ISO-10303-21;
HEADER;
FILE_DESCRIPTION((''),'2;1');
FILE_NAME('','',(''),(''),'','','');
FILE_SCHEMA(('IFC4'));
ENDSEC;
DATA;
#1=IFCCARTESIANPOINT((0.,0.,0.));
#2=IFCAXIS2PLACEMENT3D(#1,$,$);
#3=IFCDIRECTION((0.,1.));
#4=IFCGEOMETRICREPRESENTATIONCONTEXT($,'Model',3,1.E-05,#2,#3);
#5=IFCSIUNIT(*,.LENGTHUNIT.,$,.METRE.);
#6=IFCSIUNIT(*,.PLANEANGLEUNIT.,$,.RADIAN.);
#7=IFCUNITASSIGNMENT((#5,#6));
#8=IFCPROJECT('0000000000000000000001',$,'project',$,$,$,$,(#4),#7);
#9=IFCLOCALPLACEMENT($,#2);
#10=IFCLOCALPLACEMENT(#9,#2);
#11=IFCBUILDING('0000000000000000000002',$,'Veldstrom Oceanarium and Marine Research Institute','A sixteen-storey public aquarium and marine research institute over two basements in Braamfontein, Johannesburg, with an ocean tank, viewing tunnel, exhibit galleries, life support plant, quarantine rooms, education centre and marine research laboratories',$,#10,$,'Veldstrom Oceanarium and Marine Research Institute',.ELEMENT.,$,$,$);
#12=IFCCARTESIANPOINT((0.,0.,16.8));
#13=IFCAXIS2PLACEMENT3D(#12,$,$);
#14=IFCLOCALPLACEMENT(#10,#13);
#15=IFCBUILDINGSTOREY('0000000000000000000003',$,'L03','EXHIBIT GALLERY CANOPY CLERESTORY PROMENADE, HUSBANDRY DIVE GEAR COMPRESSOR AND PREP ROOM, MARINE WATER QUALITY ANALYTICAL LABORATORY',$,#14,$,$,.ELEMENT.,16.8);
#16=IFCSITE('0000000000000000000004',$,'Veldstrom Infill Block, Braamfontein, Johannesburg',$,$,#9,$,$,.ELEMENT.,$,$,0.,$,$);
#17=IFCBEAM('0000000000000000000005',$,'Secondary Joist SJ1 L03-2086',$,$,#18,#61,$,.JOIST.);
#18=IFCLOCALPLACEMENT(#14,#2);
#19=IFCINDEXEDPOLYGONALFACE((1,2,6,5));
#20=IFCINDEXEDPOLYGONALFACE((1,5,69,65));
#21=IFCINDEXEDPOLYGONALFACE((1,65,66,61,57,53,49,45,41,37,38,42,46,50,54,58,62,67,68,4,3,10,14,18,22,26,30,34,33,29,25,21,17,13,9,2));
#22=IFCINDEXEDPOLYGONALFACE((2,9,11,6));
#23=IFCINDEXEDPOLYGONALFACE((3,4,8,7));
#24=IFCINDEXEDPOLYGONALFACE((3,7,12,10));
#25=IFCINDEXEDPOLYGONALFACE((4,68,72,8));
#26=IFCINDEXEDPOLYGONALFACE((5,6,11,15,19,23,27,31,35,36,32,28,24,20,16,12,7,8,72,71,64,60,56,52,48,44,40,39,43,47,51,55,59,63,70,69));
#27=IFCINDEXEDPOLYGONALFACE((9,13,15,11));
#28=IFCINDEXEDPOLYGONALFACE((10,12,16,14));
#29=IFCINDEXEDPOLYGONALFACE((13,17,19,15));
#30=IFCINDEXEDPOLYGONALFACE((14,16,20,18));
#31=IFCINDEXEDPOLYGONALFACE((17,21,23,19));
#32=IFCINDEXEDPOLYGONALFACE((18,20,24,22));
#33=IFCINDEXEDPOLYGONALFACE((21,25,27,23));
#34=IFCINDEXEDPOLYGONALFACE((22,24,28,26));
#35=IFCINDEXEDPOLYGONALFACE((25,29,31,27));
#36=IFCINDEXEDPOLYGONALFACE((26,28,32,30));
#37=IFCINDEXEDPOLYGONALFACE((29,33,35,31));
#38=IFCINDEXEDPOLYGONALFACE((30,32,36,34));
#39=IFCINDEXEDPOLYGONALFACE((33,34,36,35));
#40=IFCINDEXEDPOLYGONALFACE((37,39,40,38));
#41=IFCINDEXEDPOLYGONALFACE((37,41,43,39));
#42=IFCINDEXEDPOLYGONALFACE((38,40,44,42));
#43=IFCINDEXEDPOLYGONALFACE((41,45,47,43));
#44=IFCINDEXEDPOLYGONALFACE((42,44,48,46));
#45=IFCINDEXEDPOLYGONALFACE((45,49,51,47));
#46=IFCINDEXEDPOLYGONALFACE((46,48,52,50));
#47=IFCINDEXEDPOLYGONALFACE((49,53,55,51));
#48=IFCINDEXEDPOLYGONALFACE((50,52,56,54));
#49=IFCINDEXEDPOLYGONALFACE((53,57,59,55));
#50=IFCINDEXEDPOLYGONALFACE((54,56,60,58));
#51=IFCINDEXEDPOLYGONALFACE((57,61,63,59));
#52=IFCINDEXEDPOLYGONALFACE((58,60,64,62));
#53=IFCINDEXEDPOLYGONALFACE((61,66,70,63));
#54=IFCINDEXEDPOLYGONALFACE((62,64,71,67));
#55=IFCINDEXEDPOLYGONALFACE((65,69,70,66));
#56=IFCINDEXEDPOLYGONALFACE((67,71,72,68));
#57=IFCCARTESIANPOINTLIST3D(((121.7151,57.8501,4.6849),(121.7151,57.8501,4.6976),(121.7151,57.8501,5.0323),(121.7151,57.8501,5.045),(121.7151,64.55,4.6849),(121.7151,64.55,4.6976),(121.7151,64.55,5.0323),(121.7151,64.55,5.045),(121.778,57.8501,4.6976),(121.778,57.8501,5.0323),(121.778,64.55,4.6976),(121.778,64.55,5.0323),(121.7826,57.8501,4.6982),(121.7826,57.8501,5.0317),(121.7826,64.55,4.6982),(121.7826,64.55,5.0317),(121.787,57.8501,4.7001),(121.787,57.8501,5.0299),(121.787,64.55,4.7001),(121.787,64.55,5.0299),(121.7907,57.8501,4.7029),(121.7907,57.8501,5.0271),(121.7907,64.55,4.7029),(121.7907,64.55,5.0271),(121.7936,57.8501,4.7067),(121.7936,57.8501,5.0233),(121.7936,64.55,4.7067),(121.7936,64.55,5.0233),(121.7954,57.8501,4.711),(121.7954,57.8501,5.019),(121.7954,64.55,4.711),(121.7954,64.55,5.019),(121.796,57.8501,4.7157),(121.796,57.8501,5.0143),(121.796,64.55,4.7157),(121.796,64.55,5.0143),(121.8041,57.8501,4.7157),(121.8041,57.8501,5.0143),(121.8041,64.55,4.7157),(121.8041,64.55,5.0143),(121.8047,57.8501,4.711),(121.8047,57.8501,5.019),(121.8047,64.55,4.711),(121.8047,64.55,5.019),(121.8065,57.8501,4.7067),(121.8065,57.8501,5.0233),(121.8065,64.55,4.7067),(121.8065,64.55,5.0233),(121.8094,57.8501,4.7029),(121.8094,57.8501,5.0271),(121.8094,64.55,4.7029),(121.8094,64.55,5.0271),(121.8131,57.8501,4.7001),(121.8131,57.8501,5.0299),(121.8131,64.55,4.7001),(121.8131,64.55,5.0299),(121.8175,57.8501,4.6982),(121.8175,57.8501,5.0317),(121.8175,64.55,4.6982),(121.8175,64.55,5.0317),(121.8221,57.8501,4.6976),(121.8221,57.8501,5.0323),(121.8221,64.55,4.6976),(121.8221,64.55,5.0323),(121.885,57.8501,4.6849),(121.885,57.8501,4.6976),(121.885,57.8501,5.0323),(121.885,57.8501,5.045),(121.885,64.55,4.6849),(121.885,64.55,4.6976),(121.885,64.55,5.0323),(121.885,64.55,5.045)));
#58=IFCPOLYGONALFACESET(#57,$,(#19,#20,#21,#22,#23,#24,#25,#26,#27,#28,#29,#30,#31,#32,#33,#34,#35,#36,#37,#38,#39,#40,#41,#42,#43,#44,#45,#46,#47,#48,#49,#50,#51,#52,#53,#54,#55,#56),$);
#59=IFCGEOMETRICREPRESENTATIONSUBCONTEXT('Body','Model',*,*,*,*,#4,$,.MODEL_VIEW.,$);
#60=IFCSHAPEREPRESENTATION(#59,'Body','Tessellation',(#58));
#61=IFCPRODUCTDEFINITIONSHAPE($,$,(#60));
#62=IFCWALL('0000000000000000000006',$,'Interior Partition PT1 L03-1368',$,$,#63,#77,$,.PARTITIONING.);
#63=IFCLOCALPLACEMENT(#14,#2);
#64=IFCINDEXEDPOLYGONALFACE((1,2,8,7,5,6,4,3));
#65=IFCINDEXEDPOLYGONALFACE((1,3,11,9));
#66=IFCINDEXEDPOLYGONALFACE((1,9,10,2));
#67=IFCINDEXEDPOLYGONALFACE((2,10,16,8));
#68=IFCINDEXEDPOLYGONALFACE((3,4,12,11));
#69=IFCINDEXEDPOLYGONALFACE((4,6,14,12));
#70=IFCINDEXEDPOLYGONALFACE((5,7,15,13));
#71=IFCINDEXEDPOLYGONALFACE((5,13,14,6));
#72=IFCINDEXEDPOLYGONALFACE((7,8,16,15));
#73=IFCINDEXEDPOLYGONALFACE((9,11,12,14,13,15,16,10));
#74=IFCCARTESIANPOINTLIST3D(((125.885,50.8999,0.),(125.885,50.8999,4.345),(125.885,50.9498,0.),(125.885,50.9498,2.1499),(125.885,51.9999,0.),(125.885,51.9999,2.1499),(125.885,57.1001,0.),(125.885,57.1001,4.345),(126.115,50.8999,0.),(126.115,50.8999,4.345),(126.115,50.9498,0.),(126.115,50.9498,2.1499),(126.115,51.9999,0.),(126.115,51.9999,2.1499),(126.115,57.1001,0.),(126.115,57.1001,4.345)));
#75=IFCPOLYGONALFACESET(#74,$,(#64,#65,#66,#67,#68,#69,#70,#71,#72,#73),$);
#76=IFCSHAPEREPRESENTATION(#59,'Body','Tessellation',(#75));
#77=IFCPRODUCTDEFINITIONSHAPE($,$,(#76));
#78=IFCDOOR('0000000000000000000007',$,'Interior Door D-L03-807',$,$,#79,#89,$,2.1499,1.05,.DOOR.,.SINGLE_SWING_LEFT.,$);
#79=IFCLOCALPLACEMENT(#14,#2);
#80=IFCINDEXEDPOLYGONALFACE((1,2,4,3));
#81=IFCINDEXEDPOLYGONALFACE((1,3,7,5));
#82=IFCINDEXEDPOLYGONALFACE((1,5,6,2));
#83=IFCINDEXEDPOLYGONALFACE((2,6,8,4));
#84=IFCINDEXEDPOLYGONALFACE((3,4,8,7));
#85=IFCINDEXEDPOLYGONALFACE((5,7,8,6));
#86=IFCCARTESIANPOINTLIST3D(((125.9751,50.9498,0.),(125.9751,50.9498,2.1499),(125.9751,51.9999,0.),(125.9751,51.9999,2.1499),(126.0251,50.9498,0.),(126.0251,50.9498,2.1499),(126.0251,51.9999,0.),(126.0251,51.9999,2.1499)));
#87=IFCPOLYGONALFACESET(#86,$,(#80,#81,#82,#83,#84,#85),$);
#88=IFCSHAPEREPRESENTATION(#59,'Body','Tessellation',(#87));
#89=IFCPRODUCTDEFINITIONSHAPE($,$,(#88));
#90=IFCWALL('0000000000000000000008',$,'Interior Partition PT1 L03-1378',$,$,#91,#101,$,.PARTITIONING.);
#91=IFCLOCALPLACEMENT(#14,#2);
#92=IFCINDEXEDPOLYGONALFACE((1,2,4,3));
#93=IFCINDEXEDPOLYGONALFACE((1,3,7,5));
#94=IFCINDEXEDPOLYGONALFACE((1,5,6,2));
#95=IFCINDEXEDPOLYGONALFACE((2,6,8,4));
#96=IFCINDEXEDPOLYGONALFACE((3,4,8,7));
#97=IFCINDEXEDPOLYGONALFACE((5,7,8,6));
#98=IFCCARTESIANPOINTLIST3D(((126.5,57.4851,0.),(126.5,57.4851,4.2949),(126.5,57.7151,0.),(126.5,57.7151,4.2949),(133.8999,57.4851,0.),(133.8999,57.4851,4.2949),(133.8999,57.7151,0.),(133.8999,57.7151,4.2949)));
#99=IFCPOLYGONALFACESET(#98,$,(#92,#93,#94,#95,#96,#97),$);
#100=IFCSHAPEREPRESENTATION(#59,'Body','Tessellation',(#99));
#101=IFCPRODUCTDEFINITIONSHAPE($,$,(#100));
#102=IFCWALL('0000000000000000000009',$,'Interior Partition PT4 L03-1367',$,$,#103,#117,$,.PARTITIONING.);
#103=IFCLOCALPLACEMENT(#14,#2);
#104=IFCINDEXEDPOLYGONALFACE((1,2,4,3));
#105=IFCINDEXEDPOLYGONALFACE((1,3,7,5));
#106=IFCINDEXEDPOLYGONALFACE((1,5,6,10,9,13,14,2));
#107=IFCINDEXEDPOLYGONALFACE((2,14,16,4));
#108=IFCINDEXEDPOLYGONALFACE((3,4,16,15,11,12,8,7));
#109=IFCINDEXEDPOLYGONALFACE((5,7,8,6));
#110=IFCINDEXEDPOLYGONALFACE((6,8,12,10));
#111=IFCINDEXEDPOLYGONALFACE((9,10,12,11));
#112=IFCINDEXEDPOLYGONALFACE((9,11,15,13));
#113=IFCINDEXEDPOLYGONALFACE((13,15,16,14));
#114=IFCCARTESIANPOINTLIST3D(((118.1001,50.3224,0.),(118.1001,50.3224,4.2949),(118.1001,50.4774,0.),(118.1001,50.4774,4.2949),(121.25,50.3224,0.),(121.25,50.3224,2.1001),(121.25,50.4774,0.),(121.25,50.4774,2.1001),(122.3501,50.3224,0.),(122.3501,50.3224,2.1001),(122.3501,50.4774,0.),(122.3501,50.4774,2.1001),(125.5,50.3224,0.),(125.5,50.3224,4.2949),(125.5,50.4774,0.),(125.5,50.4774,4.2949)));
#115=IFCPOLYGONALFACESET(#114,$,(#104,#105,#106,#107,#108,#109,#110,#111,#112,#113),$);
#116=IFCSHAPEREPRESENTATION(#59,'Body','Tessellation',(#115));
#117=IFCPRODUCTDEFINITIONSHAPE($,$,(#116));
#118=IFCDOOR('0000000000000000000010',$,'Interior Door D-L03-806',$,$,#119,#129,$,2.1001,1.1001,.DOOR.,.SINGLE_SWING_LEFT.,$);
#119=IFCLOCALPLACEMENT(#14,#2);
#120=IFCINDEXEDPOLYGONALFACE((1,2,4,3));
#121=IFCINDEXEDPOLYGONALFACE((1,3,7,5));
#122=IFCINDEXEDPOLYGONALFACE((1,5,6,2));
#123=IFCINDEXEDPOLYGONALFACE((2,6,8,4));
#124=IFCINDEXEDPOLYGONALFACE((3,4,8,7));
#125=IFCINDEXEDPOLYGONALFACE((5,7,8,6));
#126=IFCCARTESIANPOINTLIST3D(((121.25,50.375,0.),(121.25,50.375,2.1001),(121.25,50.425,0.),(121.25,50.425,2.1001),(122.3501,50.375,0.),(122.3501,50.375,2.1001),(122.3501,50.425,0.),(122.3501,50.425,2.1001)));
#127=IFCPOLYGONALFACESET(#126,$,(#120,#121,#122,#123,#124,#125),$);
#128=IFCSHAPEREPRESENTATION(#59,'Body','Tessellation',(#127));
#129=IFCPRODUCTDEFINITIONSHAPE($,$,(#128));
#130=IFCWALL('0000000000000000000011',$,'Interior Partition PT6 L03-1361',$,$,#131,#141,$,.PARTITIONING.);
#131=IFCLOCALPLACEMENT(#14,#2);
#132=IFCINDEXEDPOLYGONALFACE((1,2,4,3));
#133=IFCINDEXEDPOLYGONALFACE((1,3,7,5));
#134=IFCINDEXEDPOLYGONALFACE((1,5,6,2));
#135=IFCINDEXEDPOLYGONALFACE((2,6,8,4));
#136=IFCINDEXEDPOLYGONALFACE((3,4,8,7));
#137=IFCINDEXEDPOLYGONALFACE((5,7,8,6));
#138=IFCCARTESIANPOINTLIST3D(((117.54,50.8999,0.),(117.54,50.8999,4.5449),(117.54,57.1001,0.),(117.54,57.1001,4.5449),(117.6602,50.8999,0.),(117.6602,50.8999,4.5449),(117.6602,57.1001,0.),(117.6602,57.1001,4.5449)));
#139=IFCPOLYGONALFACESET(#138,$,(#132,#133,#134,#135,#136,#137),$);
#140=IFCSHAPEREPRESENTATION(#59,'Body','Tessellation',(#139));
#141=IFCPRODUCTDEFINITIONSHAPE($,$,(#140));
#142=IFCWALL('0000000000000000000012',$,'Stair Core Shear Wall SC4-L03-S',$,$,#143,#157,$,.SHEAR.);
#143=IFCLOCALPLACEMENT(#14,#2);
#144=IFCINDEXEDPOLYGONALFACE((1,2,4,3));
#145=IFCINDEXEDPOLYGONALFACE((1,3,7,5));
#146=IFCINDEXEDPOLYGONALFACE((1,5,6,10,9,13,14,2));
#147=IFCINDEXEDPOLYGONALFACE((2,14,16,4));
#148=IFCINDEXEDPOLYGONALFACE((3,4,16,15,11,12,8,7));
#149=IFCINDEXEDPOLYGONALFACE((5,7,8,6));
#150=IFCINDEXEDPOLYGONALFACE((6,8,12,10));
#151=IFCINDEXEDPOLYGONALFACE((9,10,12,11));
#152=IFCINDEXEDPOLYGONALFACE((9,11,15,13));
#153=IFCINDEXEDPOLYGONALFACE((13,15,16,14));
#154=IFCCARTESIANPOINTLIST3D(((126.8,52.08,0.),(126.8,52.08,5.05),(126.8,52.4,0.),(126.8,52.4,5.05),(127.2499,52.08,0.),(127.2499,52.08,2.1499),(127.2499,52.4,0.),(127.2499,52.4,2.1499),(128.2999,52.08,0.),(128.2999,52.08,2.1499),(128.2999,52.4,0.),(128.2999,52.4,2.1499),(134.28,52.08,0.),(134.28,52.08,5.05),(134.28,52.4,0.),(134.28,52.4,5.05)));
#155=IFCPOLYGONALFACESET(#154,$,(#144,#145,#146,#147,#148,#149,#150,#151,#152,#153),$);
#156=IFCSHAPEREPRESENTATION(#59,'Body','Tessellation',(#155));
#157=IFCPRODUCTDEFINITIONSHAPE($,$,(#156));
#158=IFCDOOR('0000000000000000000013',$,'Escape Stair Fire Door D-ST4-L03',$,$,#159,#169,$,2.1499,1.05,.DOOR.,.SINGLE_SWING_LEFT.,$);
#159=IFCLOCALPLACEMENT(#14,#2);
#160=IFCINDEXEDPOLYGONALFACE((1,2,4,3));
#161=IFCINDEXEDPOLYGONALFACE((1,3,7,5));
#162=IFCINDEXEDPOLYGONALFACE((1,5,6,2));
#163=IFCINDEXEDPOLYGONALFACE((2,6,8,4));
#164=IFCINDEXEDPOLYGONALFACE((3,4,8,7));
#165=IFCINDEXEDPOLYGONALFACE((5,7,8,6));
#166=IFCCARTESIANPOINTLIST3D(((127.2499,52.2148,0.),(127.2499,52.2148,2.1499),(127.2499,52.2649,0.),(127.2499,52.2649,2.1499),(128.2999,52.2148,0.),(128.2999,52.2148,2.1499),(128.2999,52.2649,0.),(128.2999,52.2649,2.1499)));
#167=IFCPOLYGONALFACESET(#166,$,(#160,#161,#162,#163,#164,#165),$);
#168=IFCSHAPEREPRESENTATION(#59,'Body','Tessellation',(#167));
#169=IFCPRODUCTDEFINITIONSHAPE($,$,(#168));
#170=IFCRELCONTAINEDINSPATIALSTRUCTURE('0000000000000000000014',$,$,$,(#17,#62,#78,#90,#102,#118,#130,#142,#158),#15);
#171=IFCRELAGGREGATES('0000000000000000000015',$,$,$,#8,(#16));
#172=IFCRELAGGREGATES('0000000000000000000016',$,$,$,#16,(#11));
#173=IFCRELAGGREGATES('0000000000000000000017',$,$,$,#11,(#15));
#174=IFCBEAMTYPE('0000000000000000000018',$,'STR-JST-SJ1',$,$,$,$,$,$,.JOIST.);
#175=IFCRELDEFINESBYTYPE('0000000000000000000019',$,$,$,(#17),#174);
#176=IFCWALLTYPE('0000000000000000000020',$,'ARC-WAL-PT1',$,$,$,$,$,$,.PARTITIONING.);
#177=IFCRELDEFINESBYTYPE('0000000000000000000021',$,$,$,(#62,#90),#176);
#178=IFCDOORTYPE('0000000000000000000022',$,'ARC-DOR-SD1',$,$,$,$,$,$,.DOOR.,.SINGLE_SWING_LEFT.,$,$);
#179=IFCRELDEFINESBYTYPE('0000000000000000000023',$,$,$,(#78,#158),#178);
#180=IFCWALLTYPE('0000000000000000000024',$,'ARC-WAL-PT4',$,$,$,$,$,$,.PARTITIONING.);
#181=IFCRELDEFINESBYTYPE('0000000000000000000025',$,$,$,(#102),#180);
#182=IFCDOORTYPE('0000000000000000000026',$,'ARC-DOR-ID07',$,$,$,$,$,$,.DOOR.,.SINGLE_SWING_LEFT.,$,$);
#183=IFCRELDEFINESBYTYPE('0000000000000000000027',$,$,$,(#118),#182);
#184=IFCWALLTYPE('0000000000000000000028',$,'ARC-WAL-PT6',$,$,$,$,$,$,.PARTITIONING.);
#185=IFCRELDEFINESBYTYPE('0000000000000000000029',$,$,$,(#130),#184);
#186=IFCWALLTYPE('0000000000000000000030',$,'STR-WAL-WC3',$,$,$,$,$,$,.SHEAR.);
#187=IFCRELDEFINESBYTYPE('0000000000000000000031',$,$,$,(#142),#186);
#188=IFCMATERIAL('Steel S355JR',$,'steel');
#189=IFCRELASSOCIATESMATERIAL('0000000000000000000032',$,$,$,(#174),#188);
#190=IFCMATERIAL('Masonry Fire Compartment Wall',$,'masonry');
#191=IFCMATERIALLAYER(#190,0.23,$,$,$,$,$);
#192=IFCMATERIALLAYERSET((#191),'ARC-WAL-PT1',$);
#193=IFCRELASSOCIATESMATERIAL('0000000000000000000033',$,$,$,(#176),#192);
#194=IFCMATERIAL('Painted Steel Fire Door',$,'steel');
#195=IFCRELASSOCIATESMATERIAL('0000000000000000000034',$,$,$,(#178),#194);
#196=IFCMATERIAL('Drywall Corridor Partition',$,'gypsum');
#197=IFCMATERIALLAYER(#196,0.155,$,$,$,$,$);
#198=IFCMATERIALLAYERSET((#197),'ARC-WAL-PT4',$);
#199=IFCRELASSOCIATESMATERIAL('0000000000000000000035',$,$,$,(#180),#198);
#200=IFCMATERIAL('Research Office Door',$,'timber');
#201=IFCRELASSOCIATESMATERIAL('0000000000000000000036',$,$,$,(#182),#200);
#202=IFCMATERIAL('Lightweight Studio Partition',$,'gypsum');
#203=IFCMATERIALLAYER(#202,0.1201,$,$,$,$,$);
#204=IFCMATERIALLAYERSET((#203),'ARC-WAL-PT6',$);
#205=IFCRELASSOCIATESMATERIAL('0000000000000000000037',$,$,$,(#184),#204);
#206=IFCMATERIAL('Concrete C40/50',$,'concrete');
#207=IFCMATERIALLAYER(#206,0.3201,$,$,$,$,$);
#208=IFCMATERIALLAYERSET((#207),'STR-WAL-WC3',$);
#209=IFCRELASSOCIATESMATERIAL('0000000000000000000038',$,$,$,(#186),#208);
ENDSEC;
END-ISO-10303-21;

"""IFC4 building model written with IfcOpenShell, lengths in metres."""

from ifc_helpers import new_model, si_unit, direction, frame, frame_2d, origin, origin_2d, place, context, subcontext, project, spatial, rectangle, i_section, extrude, material, layer, layer_set, material_profile, profile_set, type_object, element, fill, save


model = new_model("IFC4")

# Units and contexts
model_context = context("Model", 3, precision=1e-05, world=origin(), true_north=direction((0.0, 1.0)))
body_context = subcontext(model_context, "Body", "Model", "MODEL_VIEW")
ifc_project = project(units=[si_unit("LENGTHUNIT", "METRE"), si_unit("PLANEANGLEUNIT", "RADIAN")], contexts=[model_context])

# Site, building, storey
site_placement = place(None, origin())
site = spatial("IfcSite", under=ifc_project, at=site_placement, Name="Veldstrom Infill Block, Braamfontein, Johannesburg", CompositionType="ELEMENT", RefElevation=0.0)
building_placement = place(site_placement, origin())
building = spatial("IfcBuilding", under=site, at=building_placement, Name="Veldstrom Oceanarium and Marine Research Institute", Description="A sixteen-storey public aquarium and marine research institute over two basements in Braamfontein, Johannesburg, with an ocean tank, viewing tunnel, exhibit galleries, life support plant, quarantine rooms, education centre and marine research laboratories", LongName="Veldstrom Oceanarium and Marine Research Institute", CompositionType="ELEMENT")
storey_placement = place(building_placement, frame((0.0, 0.0, 16.8)))
storey = spatial("IfcBuildingStorey", under=building, at=storey_placement, Name="L03", Description="EXHIBIT GALLERY CANOPY CLERESTORY PROMENADE, HUSBANDRY DIVE GEAR COMPRESSOR AND PREP ROOM, MARINE WATER QUALITY ANALYTICAL LABORATORY", CompositionType="ELEMENT", Elevation=16.8)

# Beam
ifc_material_1 = material(Name="Steel S355JR", Category="steel")
ifc_material_profile_1 = material_profile(ifc_material_1, i_section(OverallWidth=0.1699, OverallDepth=0.3601, WebThickness=0.0081, FlangeThickness=0.0127, FilletRadius=0.0181, at=origin_2d()), Name="IPE 360")
ifc_profile_set_1 = profile_set([ifc_material_profile_1], Name="Steel S355JR")
beam_type_1 = type_object("IfcBeamType", Name="STR-JST-SJ1", PredefinedType="JOIST", material=ifc_profile_set_1)
beam_1_placement = place(storey_placement, frame((121.8, 57.8501, 4.865), z_axis=(0.0, 1.0, 0.0), x_axis=(-1.0, 0.0, 0.0)))
element("IfcBeam", 1, at=beam_1_placement, inside=storey, type_object=beam_type_1, Name="Secondary Joist SJ1 L03-2086", PredefinedType="JOIST", context=body_context, shape_type="SweptSolid", body=[
    extrude(i_section(OverallWidth=0.1699, OverallDepth=0.3601, WebThickness=0.0081, FlangeThickness=0.0127, FilletRadius=0.0181, at=origin_2d()), origin(), (0.0, 0.0, 1.0), 6.7),
])

# Wall, opening, door
ifc_material_2 = material(Name="Masonry Fire Compartment Wall", Category="masonry")
ifc_layer_1 = layer(ifc_material_2, 0.23)
ifc_layer_set_1 = layer_set([ifc_layer_1], Name="ARC-WAL-PT1")
wall_type_1 = type_object("IfcWallType", Name="ARC-WAL-PT1", PredefinedType="PARTITIONING", material=ifc_layer_set_1)
wall_1_placement = place(storey_placement, frame((126.0, 50.8999, 0.0), z_axis=(0.0, 0.0, 1.0), x_axis=(0.0, 1.0, 0.0)))
wall_1 = element("IfcWall", 2, at=wall_1_placement, inside=storey, type_object=wall_type_1, Name="Interior Partition PT1 L03-1368", PredefinedType="PARTITIONING", context=body_context, shape_type="SweptSolid", body=[
    extrude(rectangle(XDim=6.2002, YDim=0.23, at=frame_2d((3.1001, 0.0))), origin(), (0.0, 0.0, 1.0), 4.345),
])
opening_1_placement = place(wall_1_placement, frame((0.05, 0.0, 0.0)))
opening_1 = element("IfcOpeningElement", 3, at=opening_1_placement, cuts=wall_1, PredefinedType="OPENING", context=body_context, shape_type="SweptSolid", body=[
    extrude(rectangle(XDim=1.05, YDim=2.1499, at=frame_2d((0.5249, 1.075))), frame((0.0, 0.125, 0.0), z_axis=(0.0, -1.0, 0.0), x_axis=(1.0, 0.0, 0.0)), (0.0, 0.0, 1.0), 0.25),
])
ifc_material_3 = material(Name="Painted Steel Fire Door", Category="steel")
door_type_1 = type_object("IfcDoorType", Name="ARC-DOR-SD1", OperationType="SINGLE_SWING_LEFT", PredefinedType="DOOR", material=ifc_material_3)
door_1_placement = place(opening_1_placement, origin())
door_1 = element("IfcDoor", 4, at=door_1_placement, inside=storey, type_object=door_type_1, Name="Interior Door D-L03-807", OperationType="SINGLE_SWING_LEFT", OverallHeight=2.1499, OverallWidth=1.05, PredefinedType="DOOR", context=body_context, shape_type="SweptSolid", body=[
    extrude(rectangle(XDim=1.05, YDim=2.1499, at=frame_2d((0.5249, 1.075))), frame((0.0, 0.0249, 0.0), z_axis=(0.0, -1.0, 0.0), x_axis=(1.0, 0.0, 0.0)), (0.0, 0.0, 1.0), 0.05),
])
fill(opening_1, door_1)

# Wall
wall_2_placement = place(storey_placement, frame((126.5, 57.6001, 0.0), z_axis=(0.0, 0.0, 1.0), x_axis=(1.0, 0.0, 0.0)))
element("IfcWall", 5, at=wall_2_placement, inside=storey, type_object=wall_type_1, Name="Interior Partition PT1 L03-1378", PredefinedType="PARTITIONING", context=body_context, shape_type="SweptSolid", body=[
    extrude(rectangle(XDim=7.3999, YDim=0.23, at=frame_2d((3.7, 0.0))), origin(), (0.0, 0.0, 1.0), 4.2949),
])

# Wall, opening, door
ifc_material_4 = material(Name="Drywall Corridor Partition", Category="gypsum")
ifc_layer_2 = layer(ifc_material_4, 0.155)
ifc_layer_set_2 = layer_set([ifc_layer_2], Name="ARC-WAL-PT4")
wall_type_2 = type_object("IfcWallType", Name="ARC-WAL-PT4", PredefinedType="PARTITIONING", material=ifc_layer_set_2)
wall_3_placement = place(storey_placement, frame((118.1001, 50.3999, 0.0), z_axis=(0.0, 0.0, 1.0), x_axis=(1.0, 0.0, 0.0)))
wall_3 = element("IfcWall", 6, at=wall_3_placement, inside=storey, type_object=wall_type_2, Name="Interior Partition PT4 L03-1367", PredefinedType="PARTITIONING", context=body_context, shape_type="SweptSolid", body=[
    extrude(rectangle(XDim=7.3999, YDim=0.155, at=frame_2d((3.7, 0.0))), origin(), (0.0, 0.0, 1.0), 4.2949),
])
opening_2_placement = place(wall_3_placement, frame((3.1499, 0.0, 0.0)))
opening_2 = element("IfcOpeningElement", 7, at=opening_2_placement, cuts=wall_3, PredefinedType="OPENING", context=body_context, shape_type="SweptSolid", body=[
    extrude(rectangle(XDim=1.1001, YDim=2.1001, at=frame_2d((0.55, 1.05))), frame((0.0, 0.0874, 0.0), z_axis=(0.0, -1.0, 0.0), x_axis=(1.0, 0.0, 0.0)), (0.0, 0.0, 1.0), 0.175),
])
ifc_material_5 = material(Name="Research Office Door", Category="timber")
door_type_2 = type_object("IfcDoorType", Name="ARC-DOR-ID07", OperationType="SINGLE_SWING_LEFT", PredefinedType="DOOR", material=ifc_material_5)
door_2_placement = place(opening_2_placement, frame((1.1001, 0.0, 0.0), z_axis=(0.0, 0.0, 1.0), x_axis=(-1.0, 0.0, 0.0)))
door_2 = element("IfcDoor", 8, at=door_2_placement, inside=storey, type_object=door_type_2, Name="Interior Door D-L03-806", OperationType="SINGLE_SWING_LEFT", OverallHeight=2.1001, OverallWidth=1.1001, PredefinedType="DOOR", context=body_context, shape_type="SweptSolid", body=[
    extrude(rectangle(XDim=1.1001, YDim=2.1001, at=frame_2d((0.55, 1.05))), frame((0.0, 0.0249, 0.0), z_axis=(0.0, -1.0, 0.0), x_axis=(1.0, 0.0, 0.0)), (0.0, 0.0, 1.0), 0.05),
])
fill(opening_2, door_2)

# Wall
ifc_material_6 = material(Name="Lightweight Studio Partition", Category="gypsum")
ifc_layer_3 = layer(ifc_material_6, 0.1201)
ifc_layer_set_3 = layer_set([ifc_layer_3], Name="ARC-WAL-PT6")
wall_type_3 = type_object("IfcWallType", Name="ARC-WAL-PT6", PredefinedType="PARTITIONING", material=ifc_layer_set_3)
wall_4_placement = place(storey_placement, frame((117.6001, 50.8999, 0.0), z_axis=(0.0, 0.0, 1.0), x_axis=(0.0, 1.0, 0.0)))
element("IfcWall", 9, at=wall_4_placement, inside=storey, type_object=wall_type_3, Name="Interior Partition PT6 L03-1361", PredefinedType="PARTITIONING", context=body_context, shape_type="SweptSolid", body=[
    extrude(rectangle(XDim=6.2002, YDim=0.1201, at=frame_2d((3.1001, 0.0))), origin(), (0.0, 0.0, 1.0), 4.5449),
])

# Wall, opening, door
ifc_material_7 = material(Name="Concrete C40/50", Category="concrete")
ifc_layer_4 = layer(ifc_material_7, 0.3201)
ifc_layer_set_4 = layer_set([ifc_layer_4], Name="STR-WAL-WC3")
wall_type_4 = type_object("IfcWallType", Name="STR-WAL-WC3", PredefinedType="SHEAR", material=ifc_layer_set_4)
wall_5_placement = place(storey_placement, frame((126.8, 52.24, 0.0), z_axis=(0.0, 0.0, 1.0), x_axis=(1.0, 0.0, 0.0)))
wall_5 = element("IfcWall", 10, at=wall_5_placement, inside=storey, type_object=wall_type_4, Name="Stair Core Shear Wall SC4-L03-S", PredefinedType="SHEAR", context=body_context, shape_type="SweptSolid", body=[
    extrude(rectangle(XDim=7.48, YDim=0.3201, at=frame_2d((3.74, 0.0))), origin(), (0.0, 0.0, 1.0), 5.05),
])
opening_3_placement = place(wall_5_placement, frame((0.45, 0.0, 0.0)))
opening_3 = element("IfcOpeningElement", 11, at=opening_3_placement, cuts=wall_5, PredefinedType="OPENING", context=body_context, shape_type="SweptSolid", body=[
    extrude(rectangle(XDim=1.05, YDim=2.1499, at=frame_2d((0.5249, 1.075))), frame((0.0, 0.1699, 0.0), z_axis=(0.0, -1.0, 0.0), x_axis=(1.0, 0.0, 0.0)), (0.0, 0.0, 1.0), 0.3401),
])
door_3_placement = place(opening_3_placement, origin())
door_3 = element("IfcDoor", 12, at=door_3_placement, inside=storey, type_object=door_type_1, Name="Escape Stair Fire Door D-ST4-L03", OperationType="SINGLE_SWING_LEFT", OverallHeight=2.1499, OverallWidth=1.05, PredefinedType="DOOR", context=body_context, shape_type="SweptSolid", body=[
    extrude(rectangle(XDim=1.05, YDim=2.1499, at=frame_2d((0.5249, 1.075))), frame((0.0, 0.0249, 0.0), z_axis=(0.0, -1.0, 0.0), x_axis=(1.0, 0.0, 0.0)), (0.0, 0.0, 1.0), 0.05),
])
fill(opening_3, door_3)

save(model, "model.ifc")
